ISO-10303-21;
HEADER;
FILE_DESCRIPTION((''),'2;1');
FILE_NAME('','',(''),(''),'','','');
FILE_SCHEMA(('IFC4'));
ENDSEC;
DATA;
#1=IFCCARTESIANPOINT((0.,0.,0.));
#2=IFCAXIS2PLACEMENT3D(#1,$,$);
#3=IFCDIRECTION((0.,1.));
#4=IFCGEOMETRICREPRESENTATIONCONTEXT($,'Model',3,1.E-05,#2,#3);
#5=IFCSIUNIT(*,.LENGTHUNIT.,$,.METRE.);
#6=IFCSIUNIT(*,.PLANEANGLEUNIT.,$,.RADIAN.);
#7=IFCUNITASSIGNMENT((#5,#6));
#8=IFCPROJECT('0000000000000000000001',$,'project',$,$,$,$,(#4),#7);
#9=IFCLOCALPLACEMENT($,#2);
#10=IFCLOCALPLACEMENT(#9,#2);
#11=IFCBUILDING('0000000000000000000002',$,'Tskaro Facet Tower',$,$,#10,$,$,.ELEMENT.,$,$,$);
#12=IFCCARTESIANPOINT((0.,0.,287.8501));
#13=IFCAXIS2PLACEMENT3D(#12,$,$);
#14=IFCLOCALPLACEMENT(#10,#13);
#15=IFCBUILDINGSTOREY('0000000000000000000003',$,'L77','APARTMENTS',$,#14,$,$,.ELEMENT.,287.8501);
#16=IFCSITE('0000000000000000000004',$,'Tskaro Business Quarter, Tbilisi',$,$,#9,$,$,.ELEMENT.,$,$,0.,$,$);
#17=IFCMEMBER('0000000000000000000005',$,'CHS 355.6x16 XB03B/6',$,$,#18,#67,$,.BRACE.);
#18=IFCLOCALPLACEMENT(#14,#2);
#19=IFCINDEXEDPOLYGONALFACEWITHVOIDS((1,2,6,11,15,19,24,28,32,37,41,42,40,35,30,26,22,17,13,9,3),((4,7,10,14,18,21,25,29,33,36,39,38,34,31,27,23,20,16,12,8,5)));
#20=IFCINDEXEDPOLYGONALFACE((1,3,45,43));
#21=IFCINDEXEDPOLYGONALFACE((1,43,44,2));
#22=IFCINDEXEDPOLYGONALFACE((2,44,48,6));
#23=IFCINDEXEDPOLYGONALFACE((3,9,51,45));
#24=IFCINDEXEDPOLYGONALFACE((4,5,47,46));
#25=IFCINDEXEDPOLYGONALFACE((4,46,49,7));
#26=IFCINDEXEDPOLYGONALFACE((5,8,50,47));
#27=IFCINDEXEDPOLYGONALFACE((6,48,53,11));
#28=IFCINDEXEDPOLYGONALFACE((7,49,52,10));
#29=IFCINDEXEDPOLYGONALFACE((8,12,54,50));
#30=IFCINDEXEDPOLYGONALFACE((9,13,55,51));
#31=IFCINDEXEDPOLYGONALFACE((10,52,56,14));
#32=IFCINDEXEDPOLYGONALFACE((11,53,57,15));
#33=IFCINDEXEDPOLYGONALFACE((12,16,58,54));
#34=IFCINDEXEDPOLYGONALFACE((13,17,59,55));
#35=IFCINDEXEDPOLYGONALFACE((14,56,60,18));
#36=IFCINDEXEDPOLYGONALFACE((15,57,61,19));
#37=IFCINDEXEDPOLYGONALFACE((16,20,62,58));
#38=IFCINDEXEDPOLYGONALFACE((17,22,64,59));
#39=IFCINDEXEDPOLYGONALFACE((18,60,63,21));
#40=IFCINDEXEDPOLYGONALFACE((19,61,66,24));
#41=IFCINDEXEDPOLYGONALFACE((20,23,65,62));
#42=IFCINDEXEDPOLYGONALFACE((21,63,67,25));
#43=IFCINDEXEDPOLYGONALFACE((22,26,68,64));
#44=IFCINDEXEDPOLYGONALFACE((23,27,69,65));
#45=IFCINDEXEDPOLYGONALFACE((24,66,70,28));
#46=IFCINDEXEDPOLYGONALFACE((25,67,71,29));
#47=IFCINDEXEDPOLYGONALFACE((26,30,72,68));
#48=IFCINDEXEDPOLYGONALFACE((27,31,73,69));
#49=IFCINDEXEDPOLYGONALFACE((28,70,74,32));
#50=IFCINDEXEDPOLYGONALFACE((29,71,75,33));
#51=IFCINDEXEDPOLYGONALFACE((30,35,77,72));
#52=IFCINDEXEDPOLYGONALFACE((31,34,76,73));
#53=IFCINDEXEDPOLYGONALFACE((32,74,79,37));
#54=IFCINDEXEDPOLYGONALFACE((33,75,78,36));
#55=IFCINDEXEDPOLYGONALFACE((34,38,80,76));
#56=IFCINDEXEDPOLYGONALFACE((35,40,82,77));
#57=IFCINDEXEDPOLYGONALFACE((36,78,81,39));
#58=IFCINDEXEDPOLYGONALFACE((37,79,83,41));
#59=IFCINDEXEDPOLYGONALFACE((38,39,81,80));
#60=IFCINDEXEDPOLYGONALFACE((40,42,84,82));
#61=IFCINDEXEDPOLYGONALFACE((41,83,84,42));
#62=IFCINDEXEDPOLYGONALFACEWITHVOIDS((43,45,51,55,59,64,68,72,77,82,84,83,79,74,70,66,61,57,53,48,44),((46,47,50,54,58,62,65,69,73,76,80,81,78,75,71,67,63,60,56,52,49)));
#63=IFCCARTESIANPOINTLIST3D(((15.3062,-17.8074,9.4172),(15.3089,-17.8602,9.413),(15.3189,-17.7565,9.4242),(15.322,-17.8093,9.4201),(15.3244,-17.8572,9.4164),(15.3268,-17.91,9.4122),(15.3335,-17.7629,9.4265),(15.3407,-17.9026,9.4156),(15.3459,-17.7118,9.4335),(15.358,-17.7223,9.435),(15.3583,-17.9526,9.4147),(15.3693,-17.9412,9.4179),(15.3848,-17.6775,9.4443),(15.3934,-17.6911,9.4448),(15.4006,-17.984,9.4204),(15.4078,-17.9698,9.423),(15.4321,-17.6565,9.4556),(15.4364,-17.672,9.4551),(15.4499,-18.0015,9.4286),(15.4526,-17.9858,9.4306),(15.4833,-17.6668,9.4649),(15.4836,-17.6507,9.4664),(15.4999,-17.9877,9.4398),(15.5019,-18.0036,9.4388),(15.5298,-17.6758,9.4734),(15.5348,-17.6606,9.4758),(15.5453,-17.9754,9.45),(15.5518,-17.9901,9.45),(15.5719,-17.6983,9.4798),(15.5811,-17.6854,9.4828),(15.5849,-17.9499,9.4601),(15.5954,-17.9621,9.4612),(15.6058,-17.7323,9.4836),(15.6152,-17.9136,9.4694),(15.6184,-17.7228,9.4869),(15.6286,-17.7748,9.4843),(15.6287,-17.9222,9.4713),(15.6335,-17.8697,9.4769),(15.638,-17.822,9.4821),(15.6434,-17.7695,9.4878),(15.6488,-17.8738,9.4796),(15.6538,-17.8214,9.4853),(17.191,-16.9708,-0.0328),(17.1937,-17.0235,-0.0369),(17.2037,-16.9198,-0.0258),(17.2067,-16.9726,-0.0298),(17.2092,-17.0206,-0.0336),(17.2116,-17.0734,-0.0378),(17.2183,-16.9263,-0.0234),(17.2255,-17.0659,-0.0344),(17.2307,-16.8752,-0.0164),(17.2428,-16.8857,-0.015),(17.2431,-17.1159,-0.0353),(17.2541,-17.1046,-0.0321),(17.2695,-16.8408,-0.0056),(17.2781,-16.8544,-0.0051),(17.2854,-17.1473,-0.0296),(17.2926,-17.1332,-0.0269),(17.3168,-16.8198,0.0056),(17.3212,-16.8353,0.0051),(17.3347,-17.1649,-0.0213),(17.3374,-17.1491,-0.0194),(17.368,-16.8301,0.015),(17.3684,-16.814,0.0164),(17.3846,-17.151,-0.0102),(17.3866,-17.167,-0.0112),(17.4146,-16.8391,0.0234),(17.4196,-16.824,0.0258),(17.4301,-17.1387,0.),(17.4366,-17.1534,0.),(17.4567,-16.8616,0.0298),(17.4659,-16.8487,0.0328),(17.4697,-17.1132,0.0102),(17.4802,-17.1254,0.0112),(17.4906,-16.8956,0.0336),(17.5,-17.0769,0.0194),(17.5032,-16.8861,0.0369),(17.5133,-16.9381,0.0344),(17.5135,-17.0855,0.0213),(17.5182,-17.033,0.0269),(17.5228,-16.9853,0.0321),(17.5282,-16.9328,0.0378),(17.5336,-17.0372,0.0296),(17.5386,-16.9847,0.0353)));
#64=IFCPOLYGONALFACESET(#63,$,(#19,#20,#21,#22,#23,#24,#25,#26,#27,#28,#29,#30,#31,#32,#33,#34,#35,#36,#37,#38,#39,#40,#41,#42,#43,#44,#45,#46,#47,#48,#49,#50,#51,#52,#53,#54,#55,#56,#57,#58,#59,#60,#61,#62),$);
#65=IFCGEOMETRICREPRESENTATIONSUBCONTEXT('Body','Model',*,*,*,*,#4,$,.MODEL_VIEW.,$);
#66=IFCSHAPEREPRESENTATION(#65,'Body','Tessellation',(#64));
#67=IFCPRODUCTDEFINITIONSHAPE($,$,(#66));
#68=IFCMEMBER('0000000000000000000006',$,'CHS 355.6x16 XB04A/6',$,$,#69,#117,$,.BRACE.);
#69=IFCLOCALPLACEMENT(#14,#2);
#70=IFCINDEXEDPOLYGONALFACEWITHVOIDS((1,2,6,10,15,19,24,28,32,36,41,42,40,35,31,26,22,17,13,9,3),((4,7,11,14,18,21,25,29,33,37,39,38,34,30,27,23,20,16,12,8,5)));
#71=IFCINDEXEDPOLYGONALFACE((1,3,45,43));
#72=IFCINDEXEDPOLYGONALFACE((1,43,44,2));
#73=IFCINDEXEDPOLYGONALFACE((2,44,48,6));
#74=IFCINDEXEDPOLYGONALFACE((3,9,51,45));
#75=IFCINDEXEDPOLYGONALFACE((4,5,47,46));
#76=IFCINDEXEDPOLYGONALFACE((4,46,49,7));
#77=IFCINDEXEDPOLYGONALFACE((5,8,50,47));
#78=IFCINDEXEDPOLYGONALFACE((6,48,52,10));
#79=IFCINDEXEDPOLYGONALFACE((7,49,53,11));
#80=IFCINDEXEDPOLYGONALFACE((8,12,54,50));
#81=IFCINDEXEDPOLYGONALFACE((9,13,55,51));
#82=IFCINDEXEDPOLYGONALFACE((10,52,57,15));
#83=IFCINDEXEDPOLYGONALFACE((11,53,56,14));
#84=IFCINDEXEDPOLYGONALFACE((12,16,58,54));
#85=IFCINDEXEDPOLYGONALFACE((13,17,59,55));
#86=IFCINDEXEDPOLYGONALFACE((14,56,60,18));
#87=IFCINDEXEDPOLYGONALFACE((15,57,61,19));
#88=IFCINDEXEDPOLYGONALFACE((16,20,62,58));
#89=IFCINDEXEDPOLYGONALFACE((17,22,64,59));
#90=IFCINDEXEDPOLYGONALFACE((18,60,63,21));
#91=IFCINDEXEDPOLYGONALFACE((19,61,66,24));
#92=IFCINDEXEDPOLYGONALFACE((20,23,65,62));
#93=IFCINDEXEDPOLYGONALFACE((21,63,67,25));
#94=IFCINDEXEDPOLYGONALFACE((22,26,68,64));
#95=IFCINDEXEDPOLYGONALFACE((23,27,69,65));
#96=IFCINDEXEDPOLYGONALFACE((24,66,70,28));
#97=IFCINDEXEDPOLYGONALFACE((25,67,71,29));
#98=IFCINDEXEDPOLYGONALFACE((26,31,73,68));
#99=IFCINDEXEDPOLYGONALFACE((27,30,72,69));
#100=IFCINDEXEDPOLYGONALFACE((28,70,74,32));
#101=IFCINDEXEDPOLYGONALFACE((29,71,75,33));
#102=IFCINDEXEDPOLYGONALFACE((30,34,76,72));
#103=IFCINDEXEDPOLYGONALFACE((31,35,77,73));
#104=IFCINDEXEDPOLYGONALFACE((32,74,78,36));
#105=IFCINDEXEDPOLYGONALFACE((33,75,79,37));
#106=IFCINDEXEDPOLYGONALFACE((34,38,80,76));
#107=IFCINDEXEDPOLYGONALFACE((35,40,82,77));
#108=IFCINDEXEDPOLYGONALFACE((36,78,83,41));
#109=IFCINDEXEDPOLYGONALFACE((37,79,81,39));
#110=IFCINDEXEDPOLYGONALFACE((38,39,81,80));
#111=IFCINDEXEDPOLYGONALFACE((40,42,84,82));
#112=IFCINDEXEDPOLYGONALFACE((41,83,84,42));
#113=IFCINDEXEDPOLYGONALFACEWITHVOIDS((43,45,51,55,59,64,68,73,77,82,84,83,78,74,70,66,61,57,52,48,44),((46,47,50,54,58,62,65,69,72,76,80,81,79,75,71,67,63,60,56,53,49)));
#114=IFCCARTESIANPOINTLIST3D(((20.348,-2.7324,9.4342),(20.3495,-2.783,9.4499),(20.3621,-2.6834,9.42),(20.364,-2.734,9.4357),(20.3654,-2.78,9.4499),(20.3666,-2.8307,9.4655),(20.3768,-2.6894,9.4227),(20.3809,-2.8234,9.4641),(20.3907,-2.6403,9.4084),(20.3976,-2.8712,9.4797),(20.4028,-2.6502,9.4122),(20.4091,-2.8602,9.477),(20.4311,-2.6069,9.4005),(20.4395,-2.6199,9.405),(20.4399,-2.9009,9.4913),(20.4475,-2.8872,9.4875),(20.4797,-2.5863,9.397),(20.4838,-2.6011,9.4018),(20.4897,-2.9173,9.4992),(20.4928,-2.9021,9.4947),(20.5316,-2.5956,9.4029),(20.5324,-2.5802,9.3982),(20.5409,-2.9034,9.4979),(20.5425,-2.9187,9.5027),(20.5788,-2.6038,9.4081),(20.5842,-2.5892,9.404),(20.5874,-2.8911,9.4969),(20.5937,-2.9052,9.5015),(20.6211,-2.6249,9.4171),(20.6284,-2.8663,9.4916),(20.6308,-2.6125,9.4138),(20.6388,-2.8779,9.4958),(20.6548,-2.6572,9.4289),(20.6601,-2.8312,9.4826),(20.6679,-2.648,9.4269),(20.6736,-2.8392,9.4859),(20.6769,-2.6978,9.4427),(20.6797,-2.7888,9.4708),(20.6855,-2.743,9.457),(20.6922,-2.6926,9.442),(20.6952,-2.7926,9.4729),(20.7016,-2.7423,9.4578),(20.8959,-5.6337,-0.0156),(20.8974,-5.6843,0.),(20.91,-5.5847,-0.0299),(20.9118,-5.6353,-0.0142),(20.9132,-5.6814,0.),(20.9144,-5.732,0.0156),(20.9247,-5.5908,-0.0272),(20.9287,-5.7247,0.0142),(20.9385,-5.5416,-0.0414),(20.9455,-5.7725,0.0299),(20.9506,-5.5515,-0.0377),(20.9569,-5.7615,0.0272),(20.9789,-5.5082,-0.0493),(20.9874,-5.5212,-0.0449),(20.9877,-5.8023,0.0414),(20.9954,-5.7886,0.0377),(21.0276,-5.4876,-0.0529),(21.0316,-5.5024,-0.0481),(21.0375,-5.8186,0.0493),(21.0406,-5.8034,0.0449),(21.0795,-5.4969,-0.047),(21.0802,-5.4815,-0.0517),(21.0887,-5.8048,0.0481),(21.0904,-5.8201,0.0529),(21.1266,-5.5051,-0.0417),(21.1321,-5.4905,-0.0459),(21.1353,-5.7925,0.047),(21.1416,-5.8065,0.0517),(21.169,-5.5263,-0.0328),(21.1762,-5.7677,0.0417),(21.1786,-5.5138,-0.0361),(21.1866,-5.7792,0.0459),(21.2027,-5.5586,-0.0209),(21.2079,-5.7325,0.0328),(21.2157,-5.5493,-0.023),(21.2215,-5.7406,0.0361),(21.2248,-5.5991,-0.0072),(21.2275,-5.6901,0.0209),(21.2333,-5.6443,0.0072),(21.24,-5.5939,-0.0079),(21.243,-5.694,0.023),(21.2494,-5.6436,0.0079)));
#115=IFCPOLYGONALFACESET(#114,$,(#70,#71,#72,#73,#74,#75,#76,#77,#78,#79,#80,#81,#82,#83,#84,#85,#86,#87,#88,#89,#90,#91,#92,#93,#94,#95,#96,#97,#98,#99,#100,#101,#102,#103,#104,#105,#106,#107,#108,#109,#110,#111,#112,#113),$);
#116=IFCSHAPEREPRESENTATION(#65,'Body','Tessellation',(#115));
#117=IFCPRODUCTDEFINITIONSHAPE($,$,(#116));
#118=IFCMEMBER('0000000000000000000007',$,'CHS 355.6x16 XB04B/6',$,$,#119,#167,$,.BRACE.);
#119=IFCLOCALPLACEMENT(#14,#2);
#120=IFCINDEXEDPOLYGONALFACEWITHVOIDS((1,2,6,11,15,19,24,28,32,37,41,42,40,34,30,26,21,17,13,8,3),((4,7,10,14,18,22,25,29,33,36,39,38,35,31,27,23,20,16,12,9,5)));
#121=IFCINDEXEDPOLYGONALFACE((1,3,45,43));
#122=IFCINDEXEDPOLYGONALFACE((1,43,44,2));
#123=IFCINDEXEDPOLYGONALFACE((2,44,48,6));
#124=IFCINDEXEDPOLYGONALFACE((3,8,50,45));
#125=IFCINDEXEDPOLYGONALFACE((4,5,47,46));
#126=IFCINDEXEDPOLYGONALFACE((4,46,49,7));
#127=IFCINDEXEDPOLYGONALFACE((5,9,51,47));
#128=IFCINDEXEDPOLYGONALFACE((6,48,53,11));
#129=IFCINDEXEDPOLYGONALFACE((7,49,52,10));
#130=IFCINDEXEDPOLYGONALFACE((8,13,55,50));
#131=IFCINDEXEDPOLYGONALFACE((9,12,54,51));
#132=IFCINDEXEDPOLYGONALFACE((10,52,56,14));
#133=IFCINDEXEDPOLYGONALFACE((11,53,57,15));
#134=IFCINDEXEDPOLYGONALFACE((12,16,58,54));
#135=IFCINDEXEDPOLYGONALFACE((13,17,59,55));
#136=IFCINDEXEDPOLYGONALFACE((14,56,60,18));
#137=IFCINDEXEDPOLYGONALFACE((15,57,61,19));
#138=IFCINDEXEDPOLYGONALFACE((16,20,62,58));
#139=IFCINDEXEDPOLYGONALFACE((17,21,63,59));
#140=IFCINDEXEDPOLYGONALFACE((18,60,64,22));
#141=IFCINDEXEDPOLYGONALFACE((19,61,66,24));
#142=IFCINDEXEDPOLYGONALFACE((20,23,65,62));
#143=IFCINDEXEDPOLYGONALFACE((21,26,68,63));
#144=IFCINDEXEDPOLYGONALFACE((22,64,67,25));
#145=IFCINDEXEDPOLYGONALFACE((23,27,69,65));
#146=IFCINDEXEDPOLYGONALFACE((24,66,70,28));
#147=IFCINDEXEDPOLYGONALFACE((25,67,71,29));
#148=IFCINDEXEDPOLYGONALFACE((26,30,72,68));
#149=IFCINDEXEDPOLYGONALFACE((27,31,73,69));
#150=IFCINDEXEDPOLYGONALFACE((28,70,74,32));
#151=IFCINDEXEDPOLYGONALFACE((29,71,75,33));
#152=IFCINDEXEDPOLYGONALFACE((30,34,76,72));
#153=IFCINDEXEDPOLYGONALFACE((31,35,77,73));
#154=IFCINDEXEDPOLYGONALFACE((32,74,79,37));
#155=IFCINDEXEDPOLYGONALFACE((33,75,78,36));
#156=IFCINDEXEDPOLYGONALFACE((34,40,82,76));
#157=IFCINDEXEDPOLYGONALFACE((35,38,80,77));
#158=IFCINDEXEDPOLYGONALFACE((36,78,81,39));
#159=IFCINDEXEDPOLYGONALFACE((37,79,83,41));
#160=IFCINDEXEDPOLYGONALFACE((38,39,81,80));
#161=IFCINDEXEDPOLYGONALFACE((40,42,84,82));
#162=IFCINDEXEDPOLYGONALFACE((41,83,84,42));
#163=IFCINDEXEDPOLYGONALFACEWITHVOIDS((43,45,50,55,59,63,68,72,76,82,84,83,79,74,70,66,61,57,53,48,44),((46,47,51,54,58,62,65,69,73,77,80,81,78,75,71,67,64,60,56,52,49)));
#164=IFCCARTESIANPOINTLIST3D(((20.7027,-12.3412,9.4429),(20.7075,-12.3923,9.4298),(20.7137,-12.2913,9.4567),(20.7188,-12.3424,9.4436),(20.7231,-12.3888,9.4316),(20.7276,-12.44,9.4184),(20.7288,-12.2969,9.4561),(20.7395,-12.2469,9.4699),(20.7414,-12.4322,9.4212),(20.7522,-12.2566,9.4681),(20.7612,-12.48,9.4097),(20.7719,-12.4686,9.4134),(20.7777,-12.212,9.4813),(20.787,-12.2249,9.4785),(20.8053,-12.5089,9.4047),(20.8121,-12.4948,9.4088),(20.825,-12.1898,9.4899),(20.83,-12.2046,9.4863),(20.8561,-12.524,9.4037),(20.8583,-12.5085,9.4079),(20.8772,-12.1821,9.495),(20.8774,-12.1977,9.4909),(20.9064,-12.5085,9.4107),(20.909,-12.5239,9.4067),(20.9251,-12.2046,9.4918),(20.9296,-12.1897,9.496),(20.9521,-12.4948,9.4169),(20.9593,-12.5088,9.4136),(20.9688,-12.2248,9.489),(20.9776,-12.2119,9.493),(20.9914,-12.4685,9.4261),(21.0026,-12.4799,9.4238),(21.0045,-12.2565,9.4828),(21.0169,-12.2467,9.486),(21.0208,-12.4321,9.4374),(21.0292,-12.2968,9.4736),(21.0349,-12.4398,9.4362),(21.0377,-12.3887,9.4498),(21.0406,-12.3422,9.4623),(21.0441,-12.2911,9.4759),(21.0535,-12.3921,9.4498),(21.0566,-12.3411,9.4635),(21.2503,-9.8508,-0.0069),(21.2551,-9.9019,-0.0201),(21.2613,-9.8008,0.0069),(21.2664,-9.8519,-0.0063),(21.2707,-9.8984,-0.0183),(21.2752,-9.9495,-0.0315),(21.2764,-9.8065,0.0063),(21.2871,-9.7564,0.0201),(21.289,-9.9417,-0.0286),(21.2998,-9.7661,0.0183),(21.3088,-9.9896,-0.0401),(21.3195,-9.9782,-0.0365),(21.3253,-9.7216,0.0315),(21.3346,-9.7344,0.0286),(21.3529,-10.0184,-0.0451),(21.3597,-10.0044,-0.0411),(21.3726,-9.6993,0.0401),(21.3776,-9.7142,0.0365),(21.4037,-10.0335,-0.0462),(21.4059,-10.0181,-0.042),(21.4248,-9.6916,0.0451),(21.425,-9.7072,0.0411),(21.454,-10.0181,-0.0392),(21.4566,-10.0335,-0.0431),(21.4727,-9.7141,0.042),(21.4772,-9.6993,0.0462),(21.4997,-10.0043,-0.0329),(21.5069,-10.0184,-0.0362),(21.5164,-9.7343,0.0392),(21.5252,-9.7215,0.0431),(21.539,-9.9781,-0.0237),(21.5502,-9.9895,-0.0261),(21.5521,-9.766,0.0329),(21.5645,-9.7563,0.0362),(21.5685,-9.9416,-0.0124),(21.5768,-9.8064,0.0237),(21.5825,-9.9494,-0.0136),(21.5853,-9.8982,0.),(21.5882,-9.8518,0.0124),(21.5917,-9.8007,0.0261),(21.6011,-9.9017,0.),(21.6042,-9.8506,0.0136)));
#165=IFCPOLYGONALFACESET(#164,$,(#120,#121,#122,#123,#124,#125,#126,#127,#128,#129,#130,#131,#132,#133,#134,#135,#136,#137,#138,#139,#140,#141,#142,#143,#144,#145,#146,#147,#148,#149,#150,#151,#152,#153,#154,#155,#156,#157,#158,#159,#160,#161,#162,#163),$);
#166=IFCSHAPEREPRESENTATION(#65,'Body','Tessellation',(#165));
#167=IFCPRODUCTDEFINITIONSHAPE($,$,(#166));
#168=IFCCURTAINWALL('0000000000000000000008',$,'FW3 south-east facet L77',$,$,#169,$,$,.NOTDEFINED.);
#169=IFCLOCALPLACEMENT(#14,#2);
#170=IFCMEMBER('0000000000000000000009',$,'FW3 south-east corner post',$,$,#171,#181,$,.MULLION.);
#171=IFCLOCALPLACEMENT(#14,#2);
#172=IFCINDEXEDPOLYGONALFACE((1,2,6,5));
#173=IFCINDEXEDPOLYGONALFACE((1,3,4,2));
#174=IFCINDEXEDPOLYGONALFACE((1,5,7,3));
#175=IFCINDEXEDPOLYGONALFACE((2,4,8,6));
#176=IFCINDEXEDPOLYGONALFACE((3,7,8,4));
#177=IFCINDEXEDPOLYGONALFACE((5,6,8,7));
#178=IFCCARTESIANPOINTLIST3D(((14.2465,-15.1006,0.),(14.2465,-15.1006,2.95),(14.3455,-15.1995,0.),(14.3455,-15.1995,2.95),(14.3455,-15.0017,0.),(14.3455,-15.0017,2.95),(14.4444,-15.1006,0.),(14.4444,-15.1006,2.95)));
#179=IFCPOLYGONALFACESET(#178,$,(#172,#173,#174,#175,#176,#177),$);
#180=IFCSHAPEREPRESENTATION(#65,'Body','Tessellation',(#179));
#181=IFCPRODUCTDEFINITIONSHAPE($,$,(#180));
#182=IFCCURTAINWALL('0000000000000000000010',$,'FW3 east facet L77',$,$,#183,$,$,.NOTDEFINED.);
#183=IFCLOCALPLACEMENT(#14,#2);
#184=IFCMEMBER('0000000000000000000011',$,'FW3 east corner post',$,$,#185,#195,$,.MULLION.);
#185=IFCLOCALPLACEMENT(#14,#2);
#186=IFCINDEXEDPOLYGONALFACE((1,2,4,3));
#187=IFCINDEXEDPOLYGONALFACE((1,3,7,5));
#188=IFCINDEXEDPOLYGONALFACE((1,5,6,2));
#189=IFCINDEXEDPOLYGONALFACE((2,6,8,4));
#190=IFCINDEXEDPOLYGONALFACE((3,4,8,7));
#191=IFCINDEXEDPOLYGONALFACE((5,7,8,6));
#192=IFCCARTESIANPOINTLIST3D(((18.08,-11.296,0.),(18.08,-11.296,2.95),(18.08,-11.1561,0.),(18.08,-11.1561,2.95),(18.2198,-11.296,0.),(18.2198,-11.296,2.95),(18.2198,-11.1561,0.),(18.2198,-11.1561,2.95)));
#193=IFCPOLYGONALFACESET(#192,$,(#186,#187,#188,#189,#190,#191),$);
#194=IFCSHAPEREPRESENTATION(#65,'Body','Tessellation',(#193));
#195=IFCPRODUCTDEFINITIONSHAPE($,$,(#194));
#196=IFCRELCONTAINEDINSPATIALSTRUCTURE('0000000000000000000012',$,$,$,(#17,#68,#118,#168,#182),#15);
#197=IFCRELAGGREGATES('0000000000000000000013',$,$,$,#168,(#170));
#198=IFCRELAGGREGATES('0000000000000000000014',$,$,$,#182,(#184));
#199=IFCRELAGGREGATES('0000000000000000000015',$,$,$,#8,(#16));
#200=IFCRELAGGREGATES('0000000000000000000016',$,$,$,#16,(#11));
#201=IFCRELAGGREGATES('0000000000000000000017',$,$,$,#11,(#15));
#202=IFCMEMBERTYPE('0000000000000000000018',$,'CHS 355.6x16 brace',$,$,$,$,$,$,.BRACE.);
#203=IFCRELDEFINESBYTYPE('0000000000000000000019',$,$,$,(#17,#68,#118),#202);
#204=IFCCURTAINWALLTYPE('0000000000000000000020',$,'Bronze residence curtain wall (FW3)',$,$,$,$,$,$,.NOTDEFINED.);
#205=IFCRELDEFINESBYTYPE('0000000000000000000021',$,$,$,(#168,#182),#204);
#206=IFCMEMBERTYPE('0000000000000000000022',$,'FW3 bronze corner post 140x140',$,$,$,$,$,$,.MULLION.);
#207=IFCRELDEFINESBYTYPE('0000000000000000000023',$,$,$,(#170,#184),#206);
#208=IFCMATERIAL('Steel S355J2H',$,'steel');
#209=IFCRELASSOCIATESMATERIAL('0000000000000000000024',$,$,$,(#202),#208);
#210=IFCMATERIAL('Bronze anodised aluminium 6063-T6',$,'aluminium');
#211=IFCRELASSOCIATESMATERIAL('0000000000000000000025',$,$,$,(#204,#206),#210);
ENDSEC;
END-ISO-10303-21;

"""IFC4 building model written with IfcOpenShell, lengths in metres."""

from ifc_helpers import new_model, si_unit, direction, frame, origin, origin_2d, place, context, subcontext, project, spatial, rectangle, hollow_circle, extrude, material, material_profile, profile_set, type_object, element, aggregate, save


model = new_model("IFC4")

# Units and contexts
model_context = context("Model", 3, precision=1e-05, world=origin(), true_north=direction((0.0, 1.0)))
body_context = subcontext(model_context, "Body", "Model", "MODEL_VIEW")
ifc_project = project(units=[si_unit("LENGTHUNIT", "METRE"), si_unit("PLANEANGLEUNIT", "RADIAN")], contexts=[model_context])

# Site, building, storey
site_placement = place(None, origin())
site = spatial("IfcSite", under=ifc_project, at=site_placement, Name="Tskaro Business Quarter, Tbilisi", CompositionType="ELEMENT", RefElevation=0.0)
building_placement = place(site_placement, origin())
building = spatial("IfcBuilding", under=site, at=building_placement, Name="Tskaro Facet Tower", CompositionType="ELEMENT")
storey_placement = place(building_placement, frame((0.0, 0.0, 287.8501)))
storey = spatial("IfcBuildingStorey", under=building, at=storey_placement, Name="L77", Description="APARTMENTS", CompositionType="ELEMENT", Elevation=287.8501)

# Shared definitions
ifc_material_1 = material(Name="Steel S355J2H", Category="steel")

# Members
ifc_material_profile_1 = material_profile(ifc_material_1, hollow_circle(Radius=0.1777, WallThickness=0.0161, at=origin_2d()), Name="CHS 355.6x16")
ifc_profile_set_1 = profile_set([ifc_material_profile_1], Name="Steel S355J2H")
member_type_1 = type_object("IfcMemberType", Name="CHS 355.6x16 brace", PredefinedType="BRACE", material=ifc_profile_set_1)
for number, where, z_axis, x_axis, name in (
    (1, (17.3645, -16.991, 0.0), (-0.194862, -0.086501, 0.977009), (0.405732, -0.913992, 0.0), "CHS 355.6x16 XB03B/6"),
):
    element("IfcMember", number, at=place(storey_placement, frame(where, z_axis=z_axis, x_axis=x_axis)), inside=storey, type_object=member_type_1, Name=name, PredefinedType="BRACE", context=body_context, shape_type="SweptSolid", body=[
        extrude(hollow_circle(Radius=0.1777, WallThickness=0.0161, at=origin_2d()), origin(), (0.0, 0.0, 1.0), 9.6724),
    ])
member_1_placement = place(storey_placement, frame((21.072, -5.6514, 0.0), z_axis=(-0.055336, 0.293053, 0.954494), x_axis=(-0.982635, -0.185546, 0.0)))
element("IfcMember", 2, at=member_1_placement, inside=storey, type_object=member_type_1, Name="CHS 355.6x16 XB04A/6", PredefinedType="BRACE", context=body_context, shape_type="SweptSolid", body=[
    extrude(hollow_circle(Radius=0.1777, WallThickness=0.0161, at=origin_2d()), origin(), (0.0, 0.0, 1.0), 9.9004),
])
member_2_placement = place(storey_placement, frame((21.4275, -9.8635, 0.0), z_axis=(-0.055947, -0.254443, 0.965468), x_axis=(0.976669, -0.21475, 0.0)))
element("IfcMember", 3, at=member_2_placement, inside=storey, type_object=member_type_1, Name="CHS 355.6x16 XB04B/6", PredefinedType="BRACE", context=body_context, shape_type="SweptSolid", body=[
    extrude(hollow_circle(Radius=0.1777, WallThickness=0.0161, at=origin_2d()), origin(), (0.0, 0.0, 1.0), 9.7878),
])

# Curtain wall, member
ifc_material_2 = material(Name="Bronze anodised aluminium 6063-T6", Category="aluminium")
curtain_wall_type = type_object("IfcCurtainWallType", Name="Bronze residence curtain wall (FW3)", PredefinedType="NOTDEFINED", material=ifc_material_2)
curtain_wall_1_placement = place(storey_placement, origin())
curtain_wall_1 = element("IfcCurtainWall", 4, at=curtain_wall_1_placement, inside=storey, type_object=curtain_wall_type, Name="FW3 south-east facet L77", PredefinedType="NOTDEFINED")
ifc_material_profile_2 = material_profile(ifc_material_2, rectangle(XDim=0.1399, YDim=0.1399, at=origin_2d()), Name="Corner post 140x140")
ifc_profile_set_2 = profile_set([ifc_material_profile_2], Name="Bronze anodised aluminium 6063-T6")
member_type_2 = type_object("IfcMemberType", Name="FW3 bronze corner post 140x140", PredefinedType="MULLION", material=ifc_profile_set_2)
member_3_placement = place(storey_placement, frame((14.3455, -15.1006, 0.0), z_axis=(0.0, 0.0, 1.0), x_axis=(0.707107, 0.707107, 0.0)))
member_3 = element("IfcMember", 5, at=member_3_placement, type_object=member_type_2, Name="FW3 south-east corner post", PredefinedType="MULLION", context=body_context, shape_type="SweptSolid", body=[
    extrude(rectangle(XDim=0.1399, YDim=0.1399, at=origin_2d()), origin(), (0.0, 0.0, 1.0), 2.95),
])

# Curtain wall, member
curtain_wall_2_placement = place(storey_placement, origin())
curtain_wall_2 = element("IfcCurtainWall", 6, at=curtain_wall_2_placement, inside=storey, type_object=curtain_wall_type, Name="FW3 east facet L77", PredefinedType="NOTDEFINED")
member_4_placement = place(storey_placement, frame((18.1499, -11.2261, 0.0), z_axis=(0.0, 0.0, 1.0), x_axis=(0.0, 1.0, 0.0)))
member_4 = element("IfcMember", 7, at=member_4_placement, type_object=member_type_2, Name="FW3 east corner post", PredefinedType="MULLION", context=body_context, shape_type="SweptSolid", body=[
    extrude(rectangle(XDim=0.1399, YDim=0.1399, at=origin_2d()), origin(), (0.0, 0.0, 1.0), 2.95),
])

aggregate(curtain_wall_1, [member_3])
aggregate(curtain_wall_2, [member_4])

save(model, "model.ifc")
